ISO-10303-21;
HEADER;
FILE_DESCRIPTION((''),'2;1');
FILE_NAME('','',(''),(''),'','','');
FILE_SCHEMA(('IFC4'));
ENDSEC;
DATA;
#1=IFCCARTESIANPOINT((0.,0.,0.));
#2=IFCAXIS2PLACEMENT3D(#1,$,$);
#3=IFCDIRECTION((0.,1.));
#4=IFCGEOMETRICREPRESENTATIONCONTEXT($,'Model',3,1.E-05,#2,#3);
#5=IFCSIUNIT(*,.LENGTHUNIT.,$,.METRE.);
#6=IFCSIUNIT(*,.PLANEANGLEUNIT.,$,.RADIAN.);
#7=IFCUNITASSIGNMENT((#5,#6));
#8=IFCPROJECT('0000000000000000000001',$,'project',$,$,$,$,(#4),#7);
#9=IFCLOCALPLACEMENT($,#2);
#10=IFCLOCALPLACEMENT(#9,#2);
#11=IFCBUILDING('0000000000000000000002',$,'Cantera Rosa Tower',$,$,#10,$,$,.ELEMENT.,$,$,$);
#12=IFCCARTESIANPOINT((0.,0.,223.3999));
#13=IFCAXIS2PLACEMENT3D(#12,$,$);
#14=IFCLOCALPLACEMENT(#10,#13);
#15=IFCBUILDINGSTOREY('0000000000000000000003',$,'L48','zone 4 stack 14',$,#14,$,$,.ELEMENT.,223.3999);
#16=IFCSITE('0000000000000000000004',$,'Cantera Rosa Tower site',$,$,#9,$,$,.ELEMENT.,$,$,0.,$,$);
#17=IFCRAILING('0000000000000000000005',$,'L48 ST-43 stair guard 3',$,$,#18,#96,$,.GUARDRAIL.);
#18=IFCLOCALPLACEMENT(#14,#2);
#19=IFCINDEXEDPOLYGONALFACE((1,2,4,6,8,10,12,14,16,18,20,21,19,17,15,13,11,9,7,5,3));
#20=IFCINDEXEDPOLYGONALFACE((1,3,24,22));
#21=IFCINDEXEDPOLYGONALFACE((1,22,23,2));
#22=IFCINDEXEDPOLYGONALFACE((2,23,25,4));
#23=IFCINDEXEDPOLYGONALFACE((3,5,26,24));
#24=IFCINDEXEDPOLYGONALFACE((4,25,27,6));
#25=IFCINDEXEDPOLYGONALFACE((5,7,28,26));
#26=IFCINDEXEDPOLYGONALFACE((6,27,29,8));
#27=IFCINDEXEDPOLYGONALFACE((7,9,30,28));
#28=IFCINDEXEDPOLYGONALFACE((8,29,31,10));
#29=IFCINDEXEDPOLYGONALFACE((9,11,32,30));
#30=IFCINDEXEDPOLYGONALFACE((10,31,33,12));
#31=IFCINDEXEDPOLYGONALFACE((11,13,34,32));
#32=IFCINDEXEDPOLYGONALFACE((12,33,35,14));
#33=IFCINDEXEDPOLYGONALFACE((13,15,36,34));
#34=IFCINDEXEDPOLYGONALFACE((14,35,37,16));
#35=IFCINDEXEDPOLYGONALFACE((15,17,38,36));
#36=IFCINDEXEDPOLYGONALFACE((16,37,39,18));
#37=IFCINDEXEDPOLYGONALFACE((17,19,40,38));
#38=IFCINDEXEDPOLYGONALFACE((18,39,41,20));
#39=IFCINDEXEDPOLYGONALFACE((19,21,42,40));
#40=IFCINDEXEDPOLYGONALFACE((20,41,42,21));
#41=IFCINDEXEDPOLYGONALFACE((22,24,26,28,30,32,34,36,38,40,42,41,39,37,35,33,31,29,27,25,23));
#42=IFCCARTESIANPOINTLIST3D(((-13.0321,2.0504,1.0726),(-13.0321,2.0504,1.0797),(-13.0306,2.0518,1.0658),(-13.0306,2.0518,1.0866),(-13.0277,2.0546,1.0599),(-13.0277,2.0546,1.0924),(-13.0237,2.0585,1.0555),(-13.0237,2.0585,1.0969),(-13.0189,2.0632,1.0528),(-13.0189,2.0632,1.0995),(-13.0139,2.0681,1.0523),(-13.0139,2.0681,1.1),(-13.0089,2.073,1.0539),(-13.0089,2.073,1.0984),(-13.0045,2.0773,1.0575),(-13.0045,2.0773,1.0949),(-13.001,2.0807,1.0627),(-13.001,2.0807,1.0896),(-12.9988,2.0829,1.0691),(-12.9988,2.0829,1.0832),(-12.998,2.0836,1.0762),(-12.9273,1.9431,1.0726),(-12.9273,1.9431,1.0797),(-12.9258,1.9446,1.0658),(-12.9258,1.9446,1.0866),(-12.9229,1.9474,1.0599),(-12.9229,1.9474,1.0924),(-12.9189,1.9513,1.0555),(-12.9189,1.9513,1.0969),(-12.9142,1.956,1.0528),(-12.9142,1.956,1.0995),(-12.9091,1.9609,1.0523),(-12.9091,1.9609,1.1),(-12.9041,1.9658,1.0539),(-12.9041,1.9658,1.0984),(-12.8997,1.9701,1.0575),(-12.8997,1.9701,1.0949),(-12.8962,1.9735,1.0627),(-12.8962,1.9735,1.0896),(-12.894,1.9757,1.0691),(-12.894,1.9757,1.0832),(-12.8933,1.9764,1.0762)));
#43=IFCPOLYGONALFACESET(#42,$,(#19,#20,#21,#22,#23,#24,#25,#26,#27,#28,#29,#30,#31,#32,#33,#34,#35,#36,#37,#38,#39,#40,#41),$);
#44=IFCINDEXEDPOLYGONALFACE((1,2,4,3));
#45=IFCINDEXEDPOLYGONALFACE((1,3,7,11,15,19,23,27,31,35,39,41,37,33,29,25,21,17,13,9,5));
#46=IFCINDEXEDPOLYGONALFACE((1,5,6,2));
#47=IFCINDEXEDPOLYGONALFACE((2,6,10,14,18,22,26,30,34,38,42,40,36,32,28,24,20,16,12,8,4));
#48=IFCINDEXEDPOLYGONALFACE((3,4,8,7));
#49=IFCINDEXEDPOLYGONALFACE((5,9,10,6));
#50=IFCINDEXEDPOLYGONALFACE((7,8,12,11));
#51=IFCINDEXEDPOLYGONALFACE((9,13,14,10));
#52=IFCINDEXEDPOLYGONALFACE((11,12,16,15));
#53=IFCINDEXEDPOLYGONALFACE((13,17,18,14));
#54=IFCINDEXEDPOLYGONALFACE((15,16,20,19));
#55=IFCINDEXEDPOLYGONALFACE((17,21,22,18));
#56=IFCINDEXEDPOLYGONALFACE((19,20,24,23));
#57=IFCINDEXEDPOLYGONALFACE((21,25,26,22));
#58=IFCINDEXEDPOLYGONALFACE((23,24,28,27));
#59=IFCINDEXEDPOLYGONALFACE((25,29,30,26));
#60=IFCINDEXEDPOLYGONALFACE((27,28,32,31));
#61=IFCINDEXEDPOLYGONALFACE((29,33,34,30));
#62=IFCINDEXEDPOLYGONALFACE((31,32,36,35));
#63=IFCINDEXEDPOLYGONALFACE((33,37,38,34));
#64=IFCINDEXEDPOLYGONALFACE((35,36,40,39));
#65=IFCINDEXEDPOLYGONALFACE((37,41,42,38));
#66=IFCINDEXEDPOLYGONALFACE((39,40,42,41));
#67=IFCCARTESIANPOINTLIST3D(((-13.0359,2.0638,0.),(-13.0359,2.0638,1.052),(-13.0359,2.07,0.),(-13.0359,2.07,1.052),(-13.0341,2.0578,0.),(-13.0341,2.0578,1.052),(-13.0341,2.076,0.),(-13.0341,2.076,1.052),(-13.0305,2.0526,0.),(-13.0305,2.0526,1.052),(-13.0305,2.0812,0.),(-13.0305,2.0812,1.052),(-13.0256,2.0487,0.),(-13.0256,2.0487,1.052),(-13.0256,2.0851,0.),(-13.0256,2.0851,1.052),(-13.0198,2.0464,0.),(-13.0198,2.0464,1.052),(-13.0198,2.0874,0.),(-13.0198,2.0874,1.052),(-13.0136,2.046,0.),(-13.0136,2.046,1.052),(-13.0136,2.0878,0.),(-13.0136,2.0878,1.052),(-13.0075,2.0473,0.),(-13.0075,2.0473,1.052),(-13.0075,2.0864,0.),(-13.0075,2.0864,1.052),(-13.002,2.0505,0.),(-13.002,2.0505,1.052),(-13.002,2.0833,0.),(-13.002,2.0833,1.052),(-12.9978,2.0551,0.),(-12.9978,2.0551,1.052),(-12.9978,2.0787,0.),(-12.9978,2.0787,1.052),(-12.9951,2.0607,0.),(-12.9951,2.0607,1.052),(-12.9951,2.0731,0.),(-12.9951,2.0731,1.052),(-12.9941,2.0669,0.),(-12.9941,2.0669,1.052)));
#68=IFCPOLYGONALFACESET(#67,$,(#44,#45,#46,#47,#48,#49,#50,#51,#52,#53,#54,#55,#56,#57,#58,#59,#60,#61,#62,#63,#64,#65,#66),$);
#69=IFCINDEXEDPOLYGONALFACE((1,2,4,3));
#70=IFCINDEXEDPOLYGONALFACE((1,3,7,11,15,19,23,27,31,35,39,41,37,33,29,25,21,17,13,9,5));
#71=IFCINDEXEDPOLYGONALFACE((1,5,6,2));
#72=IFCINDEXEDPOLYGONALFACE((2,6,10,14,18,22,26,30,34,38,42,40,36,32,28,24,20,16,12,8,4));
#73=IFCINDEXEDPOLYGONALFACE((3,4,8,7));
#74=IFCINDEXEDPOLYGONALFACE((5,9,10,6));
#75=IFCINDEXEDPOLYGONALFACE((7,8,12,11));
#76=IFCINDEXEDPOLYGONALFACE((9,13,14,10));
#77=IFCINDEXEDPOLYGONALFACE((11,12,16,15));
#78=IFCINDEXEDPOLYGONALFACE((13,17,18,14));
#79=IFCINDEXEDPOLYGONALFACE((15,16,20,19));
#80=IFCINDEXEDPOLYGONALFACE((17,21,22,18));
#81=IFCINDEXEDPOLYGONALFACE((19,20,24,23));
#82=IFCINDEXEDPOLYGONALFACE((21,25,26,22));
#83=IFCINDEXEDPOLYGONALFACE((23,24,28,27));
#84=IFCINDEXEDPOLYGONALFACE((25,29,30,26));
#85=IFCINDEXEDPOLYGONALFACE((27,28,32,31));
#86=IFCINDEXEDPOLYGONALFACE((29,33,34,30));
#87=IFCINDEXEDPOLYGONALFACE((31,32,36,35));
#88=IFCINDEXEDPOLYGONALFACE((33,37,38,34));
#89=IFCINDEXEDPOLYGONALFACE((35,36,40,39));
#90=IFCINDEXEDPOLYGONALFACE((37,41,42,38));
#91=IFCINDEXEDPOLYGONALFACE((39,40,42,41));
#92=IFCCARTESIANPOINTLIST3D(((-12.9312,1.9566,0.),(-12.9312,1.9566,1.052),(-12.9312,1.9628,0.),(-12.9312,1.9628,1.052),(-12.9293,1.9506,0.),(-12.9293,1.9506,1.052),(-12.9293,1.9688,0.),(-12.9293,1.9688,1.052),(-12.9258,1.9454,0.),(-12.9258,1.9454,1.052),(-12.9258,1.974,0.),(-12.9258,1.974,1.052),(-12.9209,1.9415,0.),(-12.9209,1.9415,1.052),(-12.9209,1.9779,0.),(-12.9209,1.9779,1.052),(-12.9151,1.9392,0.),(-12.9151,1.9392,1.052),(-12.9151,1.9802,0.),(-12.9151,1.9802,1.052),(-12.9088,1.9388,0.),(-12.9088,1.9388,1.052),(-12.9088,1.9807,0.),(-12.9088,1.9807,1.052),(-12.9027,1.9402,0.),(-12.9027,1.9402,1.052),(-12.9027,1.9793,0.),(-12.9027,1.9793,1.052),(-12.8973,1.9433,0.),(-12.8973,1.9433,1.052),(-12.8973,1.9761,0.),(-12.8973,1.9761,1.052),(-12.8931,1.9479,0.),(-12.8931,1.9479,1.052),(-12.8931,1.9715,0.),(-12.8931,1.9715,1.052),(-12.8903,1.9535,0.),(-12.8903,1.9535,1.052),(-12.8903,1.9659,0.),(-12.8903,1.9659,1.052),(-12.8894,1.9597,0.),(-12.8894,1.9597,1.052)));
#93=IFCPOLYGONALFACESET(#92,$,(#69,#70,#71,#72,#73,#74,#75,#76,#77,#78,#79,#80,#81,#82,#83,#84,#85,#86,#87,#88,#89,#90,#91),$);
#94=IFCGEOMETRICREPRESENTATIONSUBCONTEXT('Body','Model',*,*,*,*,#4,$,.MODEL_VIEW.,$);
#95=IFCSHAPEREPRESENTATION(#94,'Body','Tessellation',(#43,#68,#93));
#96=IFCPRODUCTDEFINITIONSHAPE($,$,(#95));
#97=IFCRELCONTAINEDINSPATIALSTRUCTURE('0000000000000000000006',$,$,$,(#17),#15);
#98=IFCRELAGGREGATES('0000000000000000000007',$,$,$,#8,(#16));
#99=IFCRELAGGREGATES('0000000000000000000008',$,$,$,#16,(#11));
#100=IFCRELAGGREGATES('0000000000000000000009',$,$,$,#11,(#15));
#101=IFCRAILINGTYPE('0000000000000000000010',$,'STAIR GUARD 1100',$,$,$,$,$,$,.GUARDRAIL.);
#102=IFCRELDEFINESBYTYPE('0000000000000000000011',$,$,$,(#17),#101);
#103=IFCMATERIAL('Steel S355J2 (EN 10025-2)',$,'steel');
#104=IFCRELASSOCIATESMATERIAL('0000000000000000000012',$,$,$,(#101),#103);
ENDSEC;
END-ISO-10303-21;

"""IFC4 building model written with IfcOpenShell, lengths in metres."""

from ifc_helpers import new_model, si_unit, direction, frame, origin, origin_2d, place, context, subcontext, project, spatial, circle, extrude, material, type_object, element, save


model = new_model("IFC4")

# Units and contexts
model_context = context("Model", 3, precision=1e-05, world=origin(), true_north=direction((0.0, 1.0)))
body_context = subcontext(model_context, "Body", "Model", "MODEL_VIEW")
ifc_project = project(units=[si_unit("LENGTHUNIT", "METRE"), si_unit("PLANEANGLEUNIT", "RADIAN")], contexts=[model_context])

# Site, building, storey
site_placement = place(None, origin())
site = spatial("IfcSite", under=ifc_project, at=site_placement, Name="Cantera Rosa Tower site", CompositionType="ELEMENT", RefElevation=0.0)
building_placement = place(site_placement, origin())
building = spatial("IfcBuilding", under=site, at=building_placement, Name="Cantera Rosa Tower", CompositionType="ELEMENT")
storey_placement = place(building_placement, frame((0.0, 0.0, 223.3999)))
storey = spatial("IfcBuildingStorey", under=building, at=storey_placement, Name="L48", Description="zone 4 stack 14", CompositionType="ELEMENT", Elevation=223.3999)

# Railing
ifc_material_1 = material(Name="Steel S355J2 (EN 10025-2)", Category="steel")
railing_type_1 = type_object("IfcRailingType", Name="STAIR GUARD 1100", PredefinedType="GUARDRAIL", material=ifc_material_1)
railing_1_placement = place(storey_placement, frame((-13.0151, 2.0669, 0.0)))
element("IfcRailing", 1, at=railing_1_placement, inside=storey, type_object=railing_type_1, Name="L48 ST-43 stair guard 3", PredefinedType="GUARDRAIL", context=body_context, shape_type="SweptSolid", body=[
    extrude(circle(Radius=0.0239, at=origin_2d()), frame((0.0, 0.0, 1.0762), z_axis=(0.698914, -0.715206, 0.0), x_axis=(0.715206, 0.698914, 0.0)), (0.0, 0.0, 1.0), 0.1499),
    extrude(circle(Radius=0.021, at=origin_2d()), origin(), (0.0, 0.0, 1.0), 1.052),
    extrude(circle(Radius=0.021, at=origin_2d()), frame((0.1047, -0.1072, 0.0)), (0.0, 0.0, 1.0), 1.052),
])

save(model, "model.ifc")
